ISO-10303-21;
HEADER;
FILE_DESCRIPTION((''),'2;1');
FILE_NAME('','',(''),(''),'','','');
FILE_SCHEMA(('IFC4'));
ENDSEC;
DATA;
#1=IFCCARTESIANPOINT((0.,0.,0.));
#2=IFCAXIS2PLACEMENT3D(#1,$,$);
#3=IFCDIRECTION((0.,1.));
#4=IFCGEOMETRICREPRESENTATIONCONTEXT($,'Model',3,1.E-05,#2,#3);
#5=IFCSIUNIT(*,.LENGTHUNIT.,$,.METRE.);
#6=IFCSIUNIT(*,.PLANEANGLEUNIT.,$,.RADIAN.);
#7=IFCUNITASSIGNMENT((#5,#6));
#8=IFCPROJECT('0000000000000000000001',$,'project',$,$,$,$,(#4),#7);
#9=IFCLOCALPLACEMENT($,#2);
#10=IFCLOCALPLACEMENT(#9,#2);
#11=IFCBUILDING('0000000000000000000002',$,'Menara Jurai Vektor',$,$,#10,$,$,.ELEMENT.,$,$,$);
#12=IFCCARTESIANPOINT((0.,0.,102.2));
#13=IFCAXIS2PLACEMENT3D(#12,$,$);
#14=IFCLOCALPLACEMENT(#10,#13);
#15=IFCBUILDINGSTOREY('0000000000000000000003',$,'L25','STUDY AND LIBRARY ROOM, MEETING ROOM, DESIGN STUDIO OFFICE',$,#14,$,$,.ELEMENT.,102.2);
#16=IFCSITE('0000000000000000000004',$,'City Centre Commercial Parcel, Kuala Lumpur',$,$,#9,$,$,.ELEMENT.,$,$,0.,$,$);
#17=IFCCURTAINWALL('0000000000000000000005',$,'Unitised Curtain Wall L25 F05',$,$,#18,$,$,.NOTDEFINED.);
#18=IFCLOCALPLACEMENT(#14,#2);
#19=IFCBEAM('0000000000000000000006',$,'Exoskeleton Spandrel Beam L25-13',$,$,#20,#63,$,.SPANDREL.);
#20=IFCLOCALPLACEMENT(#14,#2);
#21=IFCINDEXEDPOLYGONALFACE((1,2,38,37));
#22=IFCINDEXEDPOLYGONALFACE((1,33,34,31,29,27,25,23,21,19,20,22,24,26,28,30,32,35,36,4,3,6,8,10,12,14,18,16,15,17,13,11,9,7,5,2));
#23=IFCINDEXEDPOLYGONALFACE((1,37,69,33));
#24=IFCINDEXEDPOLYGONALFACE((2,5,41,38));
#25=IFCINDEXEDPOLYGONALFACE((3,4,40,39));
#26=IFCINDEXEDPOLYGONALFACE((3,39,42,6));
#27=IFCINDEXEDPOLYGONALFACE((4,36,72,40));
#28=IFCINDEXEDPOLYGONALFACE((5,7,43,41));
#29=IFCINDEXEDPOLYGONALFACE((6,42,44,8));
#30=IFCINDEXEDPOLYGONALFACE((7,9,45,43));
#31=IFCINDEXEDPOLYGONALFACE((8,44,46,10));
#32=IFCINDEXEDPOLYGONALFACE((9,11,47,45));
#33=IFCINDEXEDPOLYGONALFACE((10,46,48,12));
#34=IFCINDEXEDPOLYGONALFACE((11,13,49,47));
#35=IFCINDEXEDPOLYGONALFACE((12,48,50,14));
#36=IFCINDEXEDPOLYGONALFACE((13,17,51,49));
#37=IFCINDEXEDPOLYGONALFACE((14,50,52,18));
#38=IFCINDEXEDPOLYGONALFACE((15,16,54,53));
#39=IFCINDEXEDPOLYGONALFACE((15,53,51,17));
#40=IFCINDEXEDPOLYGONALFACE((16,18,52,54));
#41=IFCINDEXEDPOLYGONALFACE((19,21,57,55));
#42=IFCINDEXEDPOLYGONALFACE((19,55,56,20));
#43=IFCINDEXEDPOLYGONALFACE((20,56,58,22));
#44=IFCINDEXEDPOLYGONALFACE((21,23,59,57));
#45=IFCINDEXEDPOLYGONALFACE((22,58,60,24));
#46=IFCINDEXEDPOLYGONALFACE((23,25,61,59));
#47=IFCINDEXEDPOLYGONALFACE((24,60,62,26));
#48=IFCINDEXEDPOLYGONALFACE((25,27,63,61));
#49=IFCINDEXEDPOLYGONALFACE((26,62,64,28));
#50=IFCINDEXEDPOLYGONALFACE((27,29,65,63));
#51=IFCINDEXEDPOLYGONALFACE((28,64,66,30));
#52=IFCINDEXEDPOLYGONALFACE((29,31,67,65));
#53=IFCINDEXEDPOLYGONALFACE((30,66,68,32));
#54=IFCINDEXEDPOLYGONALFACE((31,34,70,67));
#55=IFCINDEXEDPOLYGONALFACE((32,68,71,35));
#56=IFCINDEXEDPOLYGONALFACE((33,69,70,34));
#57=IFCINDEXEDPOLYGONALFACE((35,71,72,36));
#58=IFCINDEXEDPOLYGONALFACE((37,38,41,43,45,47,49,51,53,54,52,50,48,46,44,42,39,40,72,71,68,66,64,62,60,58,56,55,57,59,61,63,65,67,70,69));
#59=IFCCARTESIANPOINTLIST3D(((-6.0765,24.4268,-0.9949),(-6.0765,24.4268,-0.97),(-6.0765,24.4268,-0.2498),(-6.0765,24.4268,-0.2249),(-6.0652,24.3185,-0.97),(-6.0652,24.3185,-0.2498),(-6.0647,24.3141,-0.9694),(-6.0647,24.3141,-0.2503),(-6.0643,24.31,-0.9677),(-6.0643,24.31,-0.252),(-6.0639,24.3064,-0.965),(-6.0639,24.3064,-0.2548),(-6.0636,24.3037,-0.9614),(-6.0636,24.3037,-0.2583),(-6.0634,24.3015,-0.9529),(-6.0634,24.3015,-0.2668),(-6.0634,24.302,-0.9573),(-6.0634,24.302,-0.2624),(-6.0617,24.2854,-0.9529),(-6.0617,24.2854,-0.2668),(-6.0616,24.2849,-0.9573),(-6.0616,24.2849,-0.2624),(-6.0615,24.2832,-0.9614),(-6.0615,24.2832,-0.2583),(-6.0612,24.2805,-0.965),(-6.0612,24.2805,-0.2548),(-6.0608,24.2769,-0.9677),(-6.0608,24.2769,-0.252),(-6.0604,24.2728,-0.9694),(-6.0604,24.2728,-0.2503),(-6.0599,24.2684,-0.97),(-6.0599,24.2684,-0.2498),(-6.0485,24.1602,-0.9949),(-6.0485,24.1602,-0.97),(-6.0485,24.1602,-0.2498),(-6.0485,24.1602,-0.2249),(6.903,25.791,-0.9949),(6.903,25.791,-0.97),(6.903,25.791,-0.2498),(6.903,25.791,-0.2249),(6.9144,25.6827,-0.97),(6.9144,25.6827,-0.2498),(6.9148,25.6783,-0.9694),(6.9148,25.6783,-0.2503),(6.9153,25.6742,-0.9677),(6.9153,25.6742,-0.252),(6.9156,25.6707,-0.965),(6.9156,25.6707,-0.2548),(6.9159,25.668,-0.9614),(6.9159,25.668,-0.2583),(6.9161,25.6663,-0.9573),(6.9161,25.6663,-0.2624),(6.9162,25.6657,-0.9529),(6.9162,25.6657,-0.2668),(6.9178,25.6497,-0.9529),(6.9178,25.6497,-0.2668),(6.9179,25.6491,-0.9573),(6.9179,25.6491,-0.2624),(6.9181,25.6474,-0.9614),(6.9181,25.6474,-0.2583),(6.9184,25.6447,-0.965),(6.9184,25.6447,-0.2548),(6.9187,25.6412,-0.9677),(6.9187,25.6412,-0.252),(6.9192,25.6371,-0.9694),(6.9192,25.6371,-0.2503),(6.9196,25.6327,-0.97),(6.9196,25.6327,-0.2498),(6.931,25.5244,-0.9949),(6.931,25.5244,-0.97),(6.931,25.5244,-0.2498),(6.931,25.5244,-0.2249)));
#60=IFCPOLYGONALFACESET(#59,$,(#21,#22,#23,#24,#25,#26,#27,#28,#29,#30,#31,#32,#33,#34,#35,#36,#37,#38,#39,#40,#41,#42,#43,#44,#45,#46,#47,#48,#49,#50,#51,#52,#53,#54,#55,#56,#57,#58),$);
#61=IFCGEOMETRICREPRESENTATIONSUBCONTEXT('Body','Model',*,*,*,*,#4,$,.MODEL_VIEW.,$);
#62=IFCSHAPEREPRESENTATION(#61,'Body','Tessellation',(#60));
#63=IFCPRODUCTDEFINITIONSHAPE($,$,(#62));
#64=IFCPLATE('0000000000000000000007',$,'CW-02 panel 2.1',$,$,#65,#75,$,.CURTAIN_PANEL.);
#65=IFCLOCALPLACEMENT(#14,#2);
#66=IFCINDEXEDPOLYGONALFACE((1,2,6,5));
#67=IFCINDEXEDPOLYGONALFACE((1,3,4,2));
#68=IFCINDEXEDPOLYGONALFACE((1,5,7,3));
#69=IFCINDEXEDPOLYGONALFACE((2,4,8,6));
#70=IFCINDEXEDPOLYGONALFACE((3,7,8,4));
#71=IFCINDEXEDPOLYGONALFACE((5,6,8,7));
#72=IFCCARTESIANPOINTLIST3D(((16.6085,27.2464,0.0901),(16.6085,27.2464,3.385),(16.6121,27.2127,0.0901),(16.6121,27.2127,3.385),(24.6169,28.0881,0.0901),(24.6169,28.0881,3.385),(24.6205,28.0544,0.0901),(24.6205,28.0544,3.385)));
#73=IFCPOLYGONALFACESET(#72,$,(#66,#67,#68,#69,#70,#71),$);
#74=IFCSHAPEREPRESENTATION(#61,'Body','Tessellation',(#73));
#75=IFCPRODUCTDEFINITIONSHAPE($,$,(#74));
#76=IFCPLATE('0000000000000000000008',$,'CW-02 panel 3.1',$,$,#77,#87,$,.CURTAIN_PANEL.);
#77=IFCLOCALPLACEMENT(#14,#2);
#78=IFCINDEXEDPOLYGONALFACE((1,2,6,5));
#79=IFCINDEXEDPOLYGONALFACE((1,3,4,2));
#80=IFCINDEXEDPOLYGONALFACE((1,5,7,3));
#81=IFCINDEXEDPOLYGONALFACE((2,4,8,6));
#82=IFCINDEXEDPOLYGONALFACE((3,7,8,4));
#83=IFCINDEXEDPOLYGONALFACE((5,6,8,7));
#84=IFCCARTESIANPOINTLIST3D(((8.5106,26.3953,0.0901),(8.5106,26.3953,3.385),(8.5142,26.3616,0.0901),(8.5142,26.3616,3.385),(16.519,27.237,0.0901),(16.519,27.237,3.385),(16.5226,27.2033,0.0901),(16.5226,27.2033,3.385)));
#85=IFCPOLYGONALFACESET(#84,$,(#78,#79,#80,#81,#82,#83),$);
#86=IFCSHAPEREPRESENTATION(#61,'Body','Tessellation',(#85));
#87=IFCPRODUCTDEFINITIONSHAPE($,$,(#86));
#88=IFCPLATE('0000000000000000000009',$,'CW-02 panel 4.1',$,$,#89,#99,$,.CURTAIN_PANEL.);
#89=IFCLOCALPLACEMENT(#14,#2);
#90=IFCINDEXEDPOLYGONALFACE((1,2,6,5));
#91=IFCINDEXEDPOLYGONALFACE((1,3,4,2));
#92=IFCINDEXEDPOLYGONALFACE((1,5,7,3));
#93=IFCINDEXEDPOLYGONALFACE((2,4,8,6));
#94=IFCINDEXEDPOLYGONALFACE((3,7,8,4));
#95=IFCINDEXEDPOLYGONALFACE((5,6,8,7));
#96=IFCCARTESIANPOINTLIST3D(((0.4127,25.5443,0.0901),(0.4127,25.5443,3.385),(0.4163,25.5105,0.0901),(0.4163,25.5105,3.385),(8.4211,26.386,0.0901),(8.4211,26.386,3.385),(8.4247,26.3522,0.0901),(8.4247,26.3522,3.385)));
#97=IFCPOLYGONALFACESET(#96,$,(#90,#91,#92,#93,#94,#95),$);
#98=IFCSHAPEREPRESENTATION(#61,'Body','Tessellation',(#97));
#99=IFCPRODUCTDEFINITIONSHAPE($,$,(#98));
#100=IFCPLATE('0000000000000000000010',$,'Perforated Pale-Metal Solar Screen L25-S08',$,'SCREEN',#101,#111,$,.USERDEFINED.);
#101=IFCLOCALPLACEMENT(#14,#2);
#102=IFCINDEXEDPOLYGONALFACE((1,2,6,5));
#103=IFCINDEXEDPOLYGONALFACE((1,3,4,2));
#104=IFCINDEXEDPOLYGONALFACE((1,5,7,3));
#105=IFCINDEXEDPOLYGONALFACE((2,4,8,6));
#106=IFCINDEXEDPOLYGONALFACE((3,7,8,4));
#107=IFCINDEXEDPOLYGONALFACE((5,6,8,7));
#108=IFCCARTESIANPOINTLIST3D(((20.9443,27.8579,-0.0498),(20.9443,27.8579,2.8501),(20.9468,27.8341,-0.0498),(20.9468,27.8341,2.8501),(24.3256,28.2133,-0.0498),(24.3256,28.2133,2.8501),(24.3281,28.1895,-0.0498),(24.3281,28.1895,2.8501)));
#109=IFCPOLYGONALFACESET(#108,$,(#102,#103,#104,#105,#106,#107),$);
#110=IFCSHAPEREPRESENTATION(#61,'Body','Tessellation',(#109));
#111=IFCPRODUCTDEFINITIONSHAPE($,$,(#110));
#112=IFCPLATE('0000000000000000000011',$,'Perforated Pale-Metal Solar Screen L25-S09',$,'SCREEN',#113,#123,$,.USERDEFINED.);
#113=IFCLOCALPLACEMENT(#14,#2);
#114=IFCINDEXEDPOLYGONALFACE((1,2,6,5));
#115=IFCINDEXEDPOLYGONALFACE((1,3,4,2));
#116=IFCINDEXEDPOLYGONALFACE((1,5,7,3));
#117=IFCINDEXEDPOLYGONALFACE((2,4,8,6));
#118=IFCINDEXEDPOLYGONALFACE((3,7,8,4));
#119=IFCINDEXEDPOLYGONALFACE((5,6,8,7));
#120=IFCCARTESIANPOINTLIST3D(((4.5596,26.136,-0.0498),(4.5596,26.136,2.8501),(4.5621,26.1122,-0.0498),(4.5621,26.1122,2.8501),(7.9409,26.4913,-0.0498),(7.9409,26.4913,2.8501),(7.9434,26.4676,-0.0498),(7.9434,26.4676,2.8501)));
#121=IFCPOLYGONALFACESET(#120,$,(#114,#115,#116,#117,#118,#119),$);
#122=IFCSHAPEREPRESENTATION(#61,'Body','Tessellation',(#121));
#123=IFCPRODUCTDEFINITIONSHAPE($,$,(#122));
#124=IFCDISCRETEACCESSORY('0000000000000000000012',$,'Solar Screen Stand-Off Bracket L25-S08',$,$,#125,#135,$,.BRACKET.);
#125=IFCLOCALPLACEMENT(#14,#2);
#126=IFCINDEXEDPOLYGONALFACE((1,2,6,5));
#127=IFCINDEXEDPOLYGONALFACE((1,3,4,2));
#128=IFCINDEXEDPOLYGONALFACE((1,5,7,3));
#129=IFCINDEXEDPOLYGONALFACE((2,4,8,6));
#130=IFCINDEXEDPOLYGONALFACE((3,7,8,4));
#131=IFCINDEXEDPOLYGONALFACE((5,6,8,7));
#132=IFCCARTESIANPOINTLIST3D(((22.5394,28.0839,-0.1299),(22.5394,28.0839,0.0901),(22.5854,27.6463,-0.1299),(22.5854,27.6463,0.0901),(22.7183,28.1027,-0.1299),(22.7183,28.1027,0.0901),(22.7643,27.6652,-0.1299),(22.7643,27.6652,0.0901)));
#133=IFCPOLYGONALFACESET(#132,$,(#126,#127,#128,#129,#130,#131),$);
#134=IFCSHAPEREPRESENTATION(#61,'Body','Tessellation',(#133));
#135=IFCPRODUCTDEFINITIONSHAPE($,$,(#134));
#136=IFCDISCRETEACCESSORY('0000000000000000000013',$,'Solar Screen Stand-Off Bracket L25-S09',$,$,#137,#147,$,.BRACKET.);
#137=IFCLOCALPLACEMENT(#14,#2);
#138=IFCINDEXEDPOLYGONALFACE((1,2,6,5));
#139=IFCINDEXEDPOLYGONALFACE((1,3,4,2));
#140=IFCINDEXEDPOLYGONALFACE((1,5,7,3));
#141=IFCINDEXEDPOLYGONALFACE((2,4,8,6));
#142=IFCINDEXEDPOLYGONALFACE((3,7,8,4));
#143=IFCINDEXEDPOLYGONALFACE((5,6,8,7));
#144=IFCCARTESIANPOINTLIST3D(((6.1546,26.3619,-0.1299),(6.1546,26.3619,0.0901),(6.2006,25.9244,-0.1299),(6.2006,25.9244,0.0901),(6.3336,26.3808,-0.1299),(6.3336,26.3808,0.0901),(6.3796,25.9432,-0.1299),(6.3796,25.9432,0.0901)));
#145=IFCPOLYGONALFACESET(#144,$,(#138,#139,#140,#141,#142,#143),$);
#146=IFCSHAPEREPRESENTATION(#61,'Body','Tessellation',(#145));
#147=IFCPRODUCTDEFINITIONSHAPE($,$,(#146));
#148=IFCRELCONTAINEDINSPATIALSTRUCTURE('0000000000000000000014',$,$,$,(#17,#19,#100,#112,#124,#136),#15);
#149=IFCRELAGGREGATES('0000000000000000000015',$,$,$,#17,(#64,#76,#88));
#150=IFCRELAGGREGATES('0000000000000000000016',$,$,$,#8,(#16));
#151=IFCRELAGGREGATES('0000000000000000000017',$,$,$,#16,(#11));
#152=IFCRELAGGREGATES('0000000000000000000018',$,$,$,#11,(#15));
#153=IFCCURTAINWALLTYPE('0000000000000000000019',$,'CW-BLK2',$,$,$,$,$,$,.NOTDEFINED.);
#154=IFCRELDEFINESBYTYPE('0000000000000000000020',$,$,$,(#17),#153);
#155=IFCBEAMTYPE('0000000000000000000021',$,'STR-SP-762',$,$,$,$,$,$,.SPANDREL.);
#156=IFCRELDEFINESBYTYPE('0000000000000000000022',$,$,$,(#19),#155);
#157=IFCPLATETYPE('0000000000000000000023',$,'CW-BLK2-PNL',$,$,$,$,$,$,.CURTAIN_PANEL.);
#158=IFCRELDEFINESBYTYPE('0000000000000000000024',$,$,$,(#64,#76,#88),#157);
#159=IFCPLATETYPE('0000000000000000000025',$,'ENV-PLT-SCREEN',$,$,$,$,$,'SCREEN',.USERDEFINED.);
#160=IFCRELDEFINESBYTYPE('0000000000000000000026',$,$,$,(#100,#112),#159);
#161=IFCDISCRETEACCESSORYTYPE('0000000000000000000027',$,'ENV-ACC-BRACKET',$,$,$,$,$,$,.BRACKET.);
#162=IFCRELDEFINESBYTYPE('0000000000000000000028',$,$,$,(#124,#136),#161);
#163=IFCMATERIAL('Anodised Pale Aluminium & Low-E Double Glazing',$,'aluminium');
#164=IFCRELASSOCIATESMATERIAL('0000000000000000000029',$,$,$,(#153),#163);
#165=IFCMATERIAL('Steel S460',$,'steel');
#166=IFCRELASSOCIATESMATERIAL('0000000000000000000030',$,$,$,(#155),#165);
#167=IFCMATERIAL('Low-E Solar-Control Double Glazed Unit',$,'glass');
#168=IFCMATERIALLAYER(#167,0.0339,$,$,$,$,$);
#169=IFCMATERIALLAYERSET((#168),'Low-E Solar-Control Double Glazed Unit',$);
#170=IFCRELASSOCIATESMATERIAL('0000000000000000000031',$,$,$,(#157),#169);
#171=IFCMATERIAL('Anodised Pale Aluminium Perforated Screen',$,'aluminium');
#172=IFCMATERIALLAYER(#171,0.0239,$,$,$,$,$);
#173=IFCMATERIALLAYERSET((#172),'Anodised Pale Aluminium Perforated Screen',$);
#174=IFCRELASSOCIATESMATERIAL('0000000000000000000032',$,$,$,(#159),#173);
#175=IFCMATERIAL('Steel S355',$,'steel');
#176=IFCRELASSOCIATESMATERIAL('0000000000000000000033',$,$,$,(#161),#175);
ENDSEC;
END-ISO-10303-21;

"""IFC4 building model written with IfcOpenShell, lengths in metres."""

from ifc_helpers import new_model, si_unit, direction, frame, origin, origin_2d, place, context, subcontext, project, spatial, rectangle, i_section, extrude, material, layer, layer_set, material_profile, profile_set, type_object, element, aggregate, save


model = new_model("IFC4")

# Units and contexts
model_context = context("Model", 3, precision=1e-05, world=origin(), true_north=direction((0.0, 1.0)))
body_context = subcontext(model_context, "Body", "Model", "MODEL_VIEW")
ifc_project = project(units=[si_unit("LENGTHUNIT", "METRE"), si_unit("PLANEANGLEUNIT", "RADIAN")], contexts=[model_context])

# Site, building, storey
site_placement = place(None, origin())
site = spatial("IfcSite", under=ifc_project, at=site_placement, Name="City Centre Commercial Parcel, Kuala Lumpur", CompositionType="ELEMENT", RefElevation=0.0)
building_placement = place(site_placement, origin())
building = spatial("IfcBuilding", under=site, at=building_placement, Name="Menara Jurai Vektor", CompositionType="ELEMENT")
storey_placement = place(building_placement, frame((0.0, 0.0, 102.2)))
storey = spatial("IfcBuildingStorey", under=building, at=storey_placement, Name="L25", Description="STUDY AND LIBRARY ROOM, MEETING ROOM, DESIGN STUDIO OFFICE", CompositionType="ELEMENT", Elevation=102.2)

# Shared definitions
ifc_material_1 = material(Name="Steel S460", Category="steel")

# Curtain wall
ifc_material_2 = material(Name="Anodised Pale Aluminium & Low-E Double Glazing", Category="aluminium")
curtain_wall_type = type_object("IfcCurtainWallType", Name="CW-BLK2", PredefinedType="NOTDEFINED", material=ifc_material_2)
curtain_wall_placement = place(storey_placement, origin())
curtain_wall = element("IfcCurtainWall", 1, at=curtain_wall_placement, inside=storey, type_object=curtain_wall_type, Name="Unitised Curtain Wall L25 F05", PredefinedType="NOTDEFINED")

# Beam
ifc_material_3 = material(Name="Steel S355", Category="steel")
ifc_material_profile_1 = material_profile(ifc_material_1, i_section(OverallWidth=0.2681, OverallDepth=0.77, WebThickness=0.0161, FlangeThickness=0.0249, FilletRadius=0.0171, at=origin_2d()), Name="UKB 762x267x197")
ifc_profile_set_1 = profile_set([ifc_material_profile_1], Name="Steel S460")
beam_type_1 = type_object("IfcBeamType", Name="STR-SP-762", PredefinedType="SPANDREL", material=ifc_profile_set_1)
beam_1_placement = place(storey_placement, frame((6.917, 25.6577, -0.6099), z_axis=(-0.994521, -0.104533, 0.0), x_axis=(0.104533, -0.994521, 0.0)))
element("IfcBeam", 2, at=beam_1_placement, inside=storey, type_object=beam_type_1, Name="Exoskeleton Spandrel Beam L25-13", PredefinedType="SPANDREL", context=body_context, shape_type="SweptSolid", body=[
    extrude(i_section(OverallWidth=0.2681, OverallDepth=0.77, WebThickness=0.0161, FlangeThickness=0.0249, FilletRadius=0.0171, at=origin_2d()), origin(), (0.0, 0.0, 1.0), 13.051),
])

# Plates
ifc_material_4 = material(Name="Low-E Solar-Control Double Glazed Unit", Category="glass")
ifc_layer_1 = layer(ifc_material_4, 0.0339)
ifc_layer_set_1 = layer_set([ifc_layer_1], Name="Low-E Solar-Control Double Glazed Unit")
plate_type_1 = type_object("IfcPlateType", Name="CW-BLK2-PNL", PredefinedType="CURTAIN_PANEL", material=ifc_layer_set_1)
plate_1_placement = place(storey_placement, frame((20.6145, 27.6504, 0.0901), z_axis=(0.0, 0.0, 1.0), x_axis=(-0.994522, -0.104529, 0.0)))
plate_1 = element("IfcPlate", 3, at=plate_1_placement, type_object=plate_type_1, Name="CW-02 panel 2.1", PredefinedType="CURTAIN_PANEL", context=body_context, shape_type="SweptSolid", body=[
    extrude(rectangle(XDim=8.0525, YDim=0.0339, at=origin_2d()), origin(), (0.0, 0.0, 1.0), 3.2949),
])
plate_2_placement = place(storey_placement, frame((12.5166, 26.7993, 0.0901), z_axis=(0.0, 0.0, 1.0), x_axis=(-0.994522, -0.104529, 0.0)))
plate_2 = element("IfcPlate", 4, at=plate_2_placement, type_object=plate_type_1, Name="CW-02 panel 3.1", PredefinedType="CURTAIN_PANEL", context=body_context, shape_type="SweptSolid", body=[
    extrude(rectangle(XDim=8.0525, YDim=0.0339, at=origin_2d()), origin(), (0.0, 0.0, 1.0), 3.2949),
])
plate_3_placement = place(storey_placement, frame((4.4187, 25.9482, 0.0901), z_axis=(0.0, 0.0, 1.0), x_axis=(-0.994522, -0.104529, 0.0)))
plate_3 = element("IfcPlate", 5, at=plate_3_placement, type_object=plate_type_1, Name="CW-02 panel 4.1", PredefinedType="CURTAIN_PANEL", context=body_context, shape_type="SweptSolid", body=[
    extrude(rectangle(XDim=8.0525, YDim=0.0339, at=origin_2d()), origin(), (0.0, 0.0, 1.0), 3.2949),
])
aggregate(curtain_wall, [plate_1, plate_2, plate_3])

# Plates
ifc_material_5 = material(Name="Anodised Pale Aluminium Perforated Screen", Category="aluminium")
ifc_layer_2 = layer(ifc_material_5, 0.0239)
ifc_layer_set_2 = layer_set([ifc_layer_2], Name="Anodised Pale Aluminium Perforated Screen")
plate_type_2 = type_object("IfcPlateType", Name="ENV-PLT-SCREEN", ElementType="SCREEN", PredefinedType="USERDEFINED", material=ifc_layer_set_2)
for number, where, z_axis, x_axis, name in (
    (6, (22.6362, 28.0237, -0.0498), (0.0, 0.0, 1.0), (-0.994522, -0.104528, 0.0), "Perforated Pale-Metal Solar Screen L25-S08"),
    (7, (6.2515, 26.3018, -0.0498), (0.0, 0.0, 1.0), (-0.994522, -0.104528, 0.0), "Perforated Pale-Metal Solar Screen L25-S09"),
):
    element("IfcPlate", number, at=place(storey_placement, frame(where, z_axis=z_axis, x_axis=x_axis)), inside=storey, type_object=plate_type_2, Name=name, ObjectType="SCREEN", PredefinedType="USERDEFINED", context=body_context, shape_type="SweptSolid", body=[
        extrude(rectangle(XDim=3.3999, YDim=0.0239, at=origin_2d()), origin(), (0.0, 0.0, 1.0), 2.8999),
    ])

# Discrete accessories
discrete_accessory_type = type_object("IfcDiscreteAccessoryType", Name="ENV-ACC-BRACKET", PredefinedType="BRACKET", material=ifc_material_3)
for number, where, z_axis, x_axis, name in (
    (8, (22.6519, 27.8745, -0.1299), (0.0, 0.0, 1.0), (-0.994522, -0.104528, 0.0), "Solar Screen Stand-Off Bracket L25-S08"),
    (9, (6.2671, 26.1526, -0.1299), (0.0, 0.0, 1.0), (-0.994522, -0.104528, 0.0), "Solar Screen Stand-Off Bracket L25-S09"),
):
    element("IfcDiscreteAccessory", number, at=place(storey_placement, frame(where, z_axis=z_axis, x_axis=x_axis)), inside=storey, type_object=discrete_accessory_type, Name=name, PredefinedType="BRACKET", context=body_context, shape_type="SweptSolid", body=[
        extrude(rectangle(XDim=0.1799, YDim=0.4399, at=origin_2d()), origin(), (0.0, 0.0, 1.0), 0.22),
    ])

save(model, "model.ifc")
